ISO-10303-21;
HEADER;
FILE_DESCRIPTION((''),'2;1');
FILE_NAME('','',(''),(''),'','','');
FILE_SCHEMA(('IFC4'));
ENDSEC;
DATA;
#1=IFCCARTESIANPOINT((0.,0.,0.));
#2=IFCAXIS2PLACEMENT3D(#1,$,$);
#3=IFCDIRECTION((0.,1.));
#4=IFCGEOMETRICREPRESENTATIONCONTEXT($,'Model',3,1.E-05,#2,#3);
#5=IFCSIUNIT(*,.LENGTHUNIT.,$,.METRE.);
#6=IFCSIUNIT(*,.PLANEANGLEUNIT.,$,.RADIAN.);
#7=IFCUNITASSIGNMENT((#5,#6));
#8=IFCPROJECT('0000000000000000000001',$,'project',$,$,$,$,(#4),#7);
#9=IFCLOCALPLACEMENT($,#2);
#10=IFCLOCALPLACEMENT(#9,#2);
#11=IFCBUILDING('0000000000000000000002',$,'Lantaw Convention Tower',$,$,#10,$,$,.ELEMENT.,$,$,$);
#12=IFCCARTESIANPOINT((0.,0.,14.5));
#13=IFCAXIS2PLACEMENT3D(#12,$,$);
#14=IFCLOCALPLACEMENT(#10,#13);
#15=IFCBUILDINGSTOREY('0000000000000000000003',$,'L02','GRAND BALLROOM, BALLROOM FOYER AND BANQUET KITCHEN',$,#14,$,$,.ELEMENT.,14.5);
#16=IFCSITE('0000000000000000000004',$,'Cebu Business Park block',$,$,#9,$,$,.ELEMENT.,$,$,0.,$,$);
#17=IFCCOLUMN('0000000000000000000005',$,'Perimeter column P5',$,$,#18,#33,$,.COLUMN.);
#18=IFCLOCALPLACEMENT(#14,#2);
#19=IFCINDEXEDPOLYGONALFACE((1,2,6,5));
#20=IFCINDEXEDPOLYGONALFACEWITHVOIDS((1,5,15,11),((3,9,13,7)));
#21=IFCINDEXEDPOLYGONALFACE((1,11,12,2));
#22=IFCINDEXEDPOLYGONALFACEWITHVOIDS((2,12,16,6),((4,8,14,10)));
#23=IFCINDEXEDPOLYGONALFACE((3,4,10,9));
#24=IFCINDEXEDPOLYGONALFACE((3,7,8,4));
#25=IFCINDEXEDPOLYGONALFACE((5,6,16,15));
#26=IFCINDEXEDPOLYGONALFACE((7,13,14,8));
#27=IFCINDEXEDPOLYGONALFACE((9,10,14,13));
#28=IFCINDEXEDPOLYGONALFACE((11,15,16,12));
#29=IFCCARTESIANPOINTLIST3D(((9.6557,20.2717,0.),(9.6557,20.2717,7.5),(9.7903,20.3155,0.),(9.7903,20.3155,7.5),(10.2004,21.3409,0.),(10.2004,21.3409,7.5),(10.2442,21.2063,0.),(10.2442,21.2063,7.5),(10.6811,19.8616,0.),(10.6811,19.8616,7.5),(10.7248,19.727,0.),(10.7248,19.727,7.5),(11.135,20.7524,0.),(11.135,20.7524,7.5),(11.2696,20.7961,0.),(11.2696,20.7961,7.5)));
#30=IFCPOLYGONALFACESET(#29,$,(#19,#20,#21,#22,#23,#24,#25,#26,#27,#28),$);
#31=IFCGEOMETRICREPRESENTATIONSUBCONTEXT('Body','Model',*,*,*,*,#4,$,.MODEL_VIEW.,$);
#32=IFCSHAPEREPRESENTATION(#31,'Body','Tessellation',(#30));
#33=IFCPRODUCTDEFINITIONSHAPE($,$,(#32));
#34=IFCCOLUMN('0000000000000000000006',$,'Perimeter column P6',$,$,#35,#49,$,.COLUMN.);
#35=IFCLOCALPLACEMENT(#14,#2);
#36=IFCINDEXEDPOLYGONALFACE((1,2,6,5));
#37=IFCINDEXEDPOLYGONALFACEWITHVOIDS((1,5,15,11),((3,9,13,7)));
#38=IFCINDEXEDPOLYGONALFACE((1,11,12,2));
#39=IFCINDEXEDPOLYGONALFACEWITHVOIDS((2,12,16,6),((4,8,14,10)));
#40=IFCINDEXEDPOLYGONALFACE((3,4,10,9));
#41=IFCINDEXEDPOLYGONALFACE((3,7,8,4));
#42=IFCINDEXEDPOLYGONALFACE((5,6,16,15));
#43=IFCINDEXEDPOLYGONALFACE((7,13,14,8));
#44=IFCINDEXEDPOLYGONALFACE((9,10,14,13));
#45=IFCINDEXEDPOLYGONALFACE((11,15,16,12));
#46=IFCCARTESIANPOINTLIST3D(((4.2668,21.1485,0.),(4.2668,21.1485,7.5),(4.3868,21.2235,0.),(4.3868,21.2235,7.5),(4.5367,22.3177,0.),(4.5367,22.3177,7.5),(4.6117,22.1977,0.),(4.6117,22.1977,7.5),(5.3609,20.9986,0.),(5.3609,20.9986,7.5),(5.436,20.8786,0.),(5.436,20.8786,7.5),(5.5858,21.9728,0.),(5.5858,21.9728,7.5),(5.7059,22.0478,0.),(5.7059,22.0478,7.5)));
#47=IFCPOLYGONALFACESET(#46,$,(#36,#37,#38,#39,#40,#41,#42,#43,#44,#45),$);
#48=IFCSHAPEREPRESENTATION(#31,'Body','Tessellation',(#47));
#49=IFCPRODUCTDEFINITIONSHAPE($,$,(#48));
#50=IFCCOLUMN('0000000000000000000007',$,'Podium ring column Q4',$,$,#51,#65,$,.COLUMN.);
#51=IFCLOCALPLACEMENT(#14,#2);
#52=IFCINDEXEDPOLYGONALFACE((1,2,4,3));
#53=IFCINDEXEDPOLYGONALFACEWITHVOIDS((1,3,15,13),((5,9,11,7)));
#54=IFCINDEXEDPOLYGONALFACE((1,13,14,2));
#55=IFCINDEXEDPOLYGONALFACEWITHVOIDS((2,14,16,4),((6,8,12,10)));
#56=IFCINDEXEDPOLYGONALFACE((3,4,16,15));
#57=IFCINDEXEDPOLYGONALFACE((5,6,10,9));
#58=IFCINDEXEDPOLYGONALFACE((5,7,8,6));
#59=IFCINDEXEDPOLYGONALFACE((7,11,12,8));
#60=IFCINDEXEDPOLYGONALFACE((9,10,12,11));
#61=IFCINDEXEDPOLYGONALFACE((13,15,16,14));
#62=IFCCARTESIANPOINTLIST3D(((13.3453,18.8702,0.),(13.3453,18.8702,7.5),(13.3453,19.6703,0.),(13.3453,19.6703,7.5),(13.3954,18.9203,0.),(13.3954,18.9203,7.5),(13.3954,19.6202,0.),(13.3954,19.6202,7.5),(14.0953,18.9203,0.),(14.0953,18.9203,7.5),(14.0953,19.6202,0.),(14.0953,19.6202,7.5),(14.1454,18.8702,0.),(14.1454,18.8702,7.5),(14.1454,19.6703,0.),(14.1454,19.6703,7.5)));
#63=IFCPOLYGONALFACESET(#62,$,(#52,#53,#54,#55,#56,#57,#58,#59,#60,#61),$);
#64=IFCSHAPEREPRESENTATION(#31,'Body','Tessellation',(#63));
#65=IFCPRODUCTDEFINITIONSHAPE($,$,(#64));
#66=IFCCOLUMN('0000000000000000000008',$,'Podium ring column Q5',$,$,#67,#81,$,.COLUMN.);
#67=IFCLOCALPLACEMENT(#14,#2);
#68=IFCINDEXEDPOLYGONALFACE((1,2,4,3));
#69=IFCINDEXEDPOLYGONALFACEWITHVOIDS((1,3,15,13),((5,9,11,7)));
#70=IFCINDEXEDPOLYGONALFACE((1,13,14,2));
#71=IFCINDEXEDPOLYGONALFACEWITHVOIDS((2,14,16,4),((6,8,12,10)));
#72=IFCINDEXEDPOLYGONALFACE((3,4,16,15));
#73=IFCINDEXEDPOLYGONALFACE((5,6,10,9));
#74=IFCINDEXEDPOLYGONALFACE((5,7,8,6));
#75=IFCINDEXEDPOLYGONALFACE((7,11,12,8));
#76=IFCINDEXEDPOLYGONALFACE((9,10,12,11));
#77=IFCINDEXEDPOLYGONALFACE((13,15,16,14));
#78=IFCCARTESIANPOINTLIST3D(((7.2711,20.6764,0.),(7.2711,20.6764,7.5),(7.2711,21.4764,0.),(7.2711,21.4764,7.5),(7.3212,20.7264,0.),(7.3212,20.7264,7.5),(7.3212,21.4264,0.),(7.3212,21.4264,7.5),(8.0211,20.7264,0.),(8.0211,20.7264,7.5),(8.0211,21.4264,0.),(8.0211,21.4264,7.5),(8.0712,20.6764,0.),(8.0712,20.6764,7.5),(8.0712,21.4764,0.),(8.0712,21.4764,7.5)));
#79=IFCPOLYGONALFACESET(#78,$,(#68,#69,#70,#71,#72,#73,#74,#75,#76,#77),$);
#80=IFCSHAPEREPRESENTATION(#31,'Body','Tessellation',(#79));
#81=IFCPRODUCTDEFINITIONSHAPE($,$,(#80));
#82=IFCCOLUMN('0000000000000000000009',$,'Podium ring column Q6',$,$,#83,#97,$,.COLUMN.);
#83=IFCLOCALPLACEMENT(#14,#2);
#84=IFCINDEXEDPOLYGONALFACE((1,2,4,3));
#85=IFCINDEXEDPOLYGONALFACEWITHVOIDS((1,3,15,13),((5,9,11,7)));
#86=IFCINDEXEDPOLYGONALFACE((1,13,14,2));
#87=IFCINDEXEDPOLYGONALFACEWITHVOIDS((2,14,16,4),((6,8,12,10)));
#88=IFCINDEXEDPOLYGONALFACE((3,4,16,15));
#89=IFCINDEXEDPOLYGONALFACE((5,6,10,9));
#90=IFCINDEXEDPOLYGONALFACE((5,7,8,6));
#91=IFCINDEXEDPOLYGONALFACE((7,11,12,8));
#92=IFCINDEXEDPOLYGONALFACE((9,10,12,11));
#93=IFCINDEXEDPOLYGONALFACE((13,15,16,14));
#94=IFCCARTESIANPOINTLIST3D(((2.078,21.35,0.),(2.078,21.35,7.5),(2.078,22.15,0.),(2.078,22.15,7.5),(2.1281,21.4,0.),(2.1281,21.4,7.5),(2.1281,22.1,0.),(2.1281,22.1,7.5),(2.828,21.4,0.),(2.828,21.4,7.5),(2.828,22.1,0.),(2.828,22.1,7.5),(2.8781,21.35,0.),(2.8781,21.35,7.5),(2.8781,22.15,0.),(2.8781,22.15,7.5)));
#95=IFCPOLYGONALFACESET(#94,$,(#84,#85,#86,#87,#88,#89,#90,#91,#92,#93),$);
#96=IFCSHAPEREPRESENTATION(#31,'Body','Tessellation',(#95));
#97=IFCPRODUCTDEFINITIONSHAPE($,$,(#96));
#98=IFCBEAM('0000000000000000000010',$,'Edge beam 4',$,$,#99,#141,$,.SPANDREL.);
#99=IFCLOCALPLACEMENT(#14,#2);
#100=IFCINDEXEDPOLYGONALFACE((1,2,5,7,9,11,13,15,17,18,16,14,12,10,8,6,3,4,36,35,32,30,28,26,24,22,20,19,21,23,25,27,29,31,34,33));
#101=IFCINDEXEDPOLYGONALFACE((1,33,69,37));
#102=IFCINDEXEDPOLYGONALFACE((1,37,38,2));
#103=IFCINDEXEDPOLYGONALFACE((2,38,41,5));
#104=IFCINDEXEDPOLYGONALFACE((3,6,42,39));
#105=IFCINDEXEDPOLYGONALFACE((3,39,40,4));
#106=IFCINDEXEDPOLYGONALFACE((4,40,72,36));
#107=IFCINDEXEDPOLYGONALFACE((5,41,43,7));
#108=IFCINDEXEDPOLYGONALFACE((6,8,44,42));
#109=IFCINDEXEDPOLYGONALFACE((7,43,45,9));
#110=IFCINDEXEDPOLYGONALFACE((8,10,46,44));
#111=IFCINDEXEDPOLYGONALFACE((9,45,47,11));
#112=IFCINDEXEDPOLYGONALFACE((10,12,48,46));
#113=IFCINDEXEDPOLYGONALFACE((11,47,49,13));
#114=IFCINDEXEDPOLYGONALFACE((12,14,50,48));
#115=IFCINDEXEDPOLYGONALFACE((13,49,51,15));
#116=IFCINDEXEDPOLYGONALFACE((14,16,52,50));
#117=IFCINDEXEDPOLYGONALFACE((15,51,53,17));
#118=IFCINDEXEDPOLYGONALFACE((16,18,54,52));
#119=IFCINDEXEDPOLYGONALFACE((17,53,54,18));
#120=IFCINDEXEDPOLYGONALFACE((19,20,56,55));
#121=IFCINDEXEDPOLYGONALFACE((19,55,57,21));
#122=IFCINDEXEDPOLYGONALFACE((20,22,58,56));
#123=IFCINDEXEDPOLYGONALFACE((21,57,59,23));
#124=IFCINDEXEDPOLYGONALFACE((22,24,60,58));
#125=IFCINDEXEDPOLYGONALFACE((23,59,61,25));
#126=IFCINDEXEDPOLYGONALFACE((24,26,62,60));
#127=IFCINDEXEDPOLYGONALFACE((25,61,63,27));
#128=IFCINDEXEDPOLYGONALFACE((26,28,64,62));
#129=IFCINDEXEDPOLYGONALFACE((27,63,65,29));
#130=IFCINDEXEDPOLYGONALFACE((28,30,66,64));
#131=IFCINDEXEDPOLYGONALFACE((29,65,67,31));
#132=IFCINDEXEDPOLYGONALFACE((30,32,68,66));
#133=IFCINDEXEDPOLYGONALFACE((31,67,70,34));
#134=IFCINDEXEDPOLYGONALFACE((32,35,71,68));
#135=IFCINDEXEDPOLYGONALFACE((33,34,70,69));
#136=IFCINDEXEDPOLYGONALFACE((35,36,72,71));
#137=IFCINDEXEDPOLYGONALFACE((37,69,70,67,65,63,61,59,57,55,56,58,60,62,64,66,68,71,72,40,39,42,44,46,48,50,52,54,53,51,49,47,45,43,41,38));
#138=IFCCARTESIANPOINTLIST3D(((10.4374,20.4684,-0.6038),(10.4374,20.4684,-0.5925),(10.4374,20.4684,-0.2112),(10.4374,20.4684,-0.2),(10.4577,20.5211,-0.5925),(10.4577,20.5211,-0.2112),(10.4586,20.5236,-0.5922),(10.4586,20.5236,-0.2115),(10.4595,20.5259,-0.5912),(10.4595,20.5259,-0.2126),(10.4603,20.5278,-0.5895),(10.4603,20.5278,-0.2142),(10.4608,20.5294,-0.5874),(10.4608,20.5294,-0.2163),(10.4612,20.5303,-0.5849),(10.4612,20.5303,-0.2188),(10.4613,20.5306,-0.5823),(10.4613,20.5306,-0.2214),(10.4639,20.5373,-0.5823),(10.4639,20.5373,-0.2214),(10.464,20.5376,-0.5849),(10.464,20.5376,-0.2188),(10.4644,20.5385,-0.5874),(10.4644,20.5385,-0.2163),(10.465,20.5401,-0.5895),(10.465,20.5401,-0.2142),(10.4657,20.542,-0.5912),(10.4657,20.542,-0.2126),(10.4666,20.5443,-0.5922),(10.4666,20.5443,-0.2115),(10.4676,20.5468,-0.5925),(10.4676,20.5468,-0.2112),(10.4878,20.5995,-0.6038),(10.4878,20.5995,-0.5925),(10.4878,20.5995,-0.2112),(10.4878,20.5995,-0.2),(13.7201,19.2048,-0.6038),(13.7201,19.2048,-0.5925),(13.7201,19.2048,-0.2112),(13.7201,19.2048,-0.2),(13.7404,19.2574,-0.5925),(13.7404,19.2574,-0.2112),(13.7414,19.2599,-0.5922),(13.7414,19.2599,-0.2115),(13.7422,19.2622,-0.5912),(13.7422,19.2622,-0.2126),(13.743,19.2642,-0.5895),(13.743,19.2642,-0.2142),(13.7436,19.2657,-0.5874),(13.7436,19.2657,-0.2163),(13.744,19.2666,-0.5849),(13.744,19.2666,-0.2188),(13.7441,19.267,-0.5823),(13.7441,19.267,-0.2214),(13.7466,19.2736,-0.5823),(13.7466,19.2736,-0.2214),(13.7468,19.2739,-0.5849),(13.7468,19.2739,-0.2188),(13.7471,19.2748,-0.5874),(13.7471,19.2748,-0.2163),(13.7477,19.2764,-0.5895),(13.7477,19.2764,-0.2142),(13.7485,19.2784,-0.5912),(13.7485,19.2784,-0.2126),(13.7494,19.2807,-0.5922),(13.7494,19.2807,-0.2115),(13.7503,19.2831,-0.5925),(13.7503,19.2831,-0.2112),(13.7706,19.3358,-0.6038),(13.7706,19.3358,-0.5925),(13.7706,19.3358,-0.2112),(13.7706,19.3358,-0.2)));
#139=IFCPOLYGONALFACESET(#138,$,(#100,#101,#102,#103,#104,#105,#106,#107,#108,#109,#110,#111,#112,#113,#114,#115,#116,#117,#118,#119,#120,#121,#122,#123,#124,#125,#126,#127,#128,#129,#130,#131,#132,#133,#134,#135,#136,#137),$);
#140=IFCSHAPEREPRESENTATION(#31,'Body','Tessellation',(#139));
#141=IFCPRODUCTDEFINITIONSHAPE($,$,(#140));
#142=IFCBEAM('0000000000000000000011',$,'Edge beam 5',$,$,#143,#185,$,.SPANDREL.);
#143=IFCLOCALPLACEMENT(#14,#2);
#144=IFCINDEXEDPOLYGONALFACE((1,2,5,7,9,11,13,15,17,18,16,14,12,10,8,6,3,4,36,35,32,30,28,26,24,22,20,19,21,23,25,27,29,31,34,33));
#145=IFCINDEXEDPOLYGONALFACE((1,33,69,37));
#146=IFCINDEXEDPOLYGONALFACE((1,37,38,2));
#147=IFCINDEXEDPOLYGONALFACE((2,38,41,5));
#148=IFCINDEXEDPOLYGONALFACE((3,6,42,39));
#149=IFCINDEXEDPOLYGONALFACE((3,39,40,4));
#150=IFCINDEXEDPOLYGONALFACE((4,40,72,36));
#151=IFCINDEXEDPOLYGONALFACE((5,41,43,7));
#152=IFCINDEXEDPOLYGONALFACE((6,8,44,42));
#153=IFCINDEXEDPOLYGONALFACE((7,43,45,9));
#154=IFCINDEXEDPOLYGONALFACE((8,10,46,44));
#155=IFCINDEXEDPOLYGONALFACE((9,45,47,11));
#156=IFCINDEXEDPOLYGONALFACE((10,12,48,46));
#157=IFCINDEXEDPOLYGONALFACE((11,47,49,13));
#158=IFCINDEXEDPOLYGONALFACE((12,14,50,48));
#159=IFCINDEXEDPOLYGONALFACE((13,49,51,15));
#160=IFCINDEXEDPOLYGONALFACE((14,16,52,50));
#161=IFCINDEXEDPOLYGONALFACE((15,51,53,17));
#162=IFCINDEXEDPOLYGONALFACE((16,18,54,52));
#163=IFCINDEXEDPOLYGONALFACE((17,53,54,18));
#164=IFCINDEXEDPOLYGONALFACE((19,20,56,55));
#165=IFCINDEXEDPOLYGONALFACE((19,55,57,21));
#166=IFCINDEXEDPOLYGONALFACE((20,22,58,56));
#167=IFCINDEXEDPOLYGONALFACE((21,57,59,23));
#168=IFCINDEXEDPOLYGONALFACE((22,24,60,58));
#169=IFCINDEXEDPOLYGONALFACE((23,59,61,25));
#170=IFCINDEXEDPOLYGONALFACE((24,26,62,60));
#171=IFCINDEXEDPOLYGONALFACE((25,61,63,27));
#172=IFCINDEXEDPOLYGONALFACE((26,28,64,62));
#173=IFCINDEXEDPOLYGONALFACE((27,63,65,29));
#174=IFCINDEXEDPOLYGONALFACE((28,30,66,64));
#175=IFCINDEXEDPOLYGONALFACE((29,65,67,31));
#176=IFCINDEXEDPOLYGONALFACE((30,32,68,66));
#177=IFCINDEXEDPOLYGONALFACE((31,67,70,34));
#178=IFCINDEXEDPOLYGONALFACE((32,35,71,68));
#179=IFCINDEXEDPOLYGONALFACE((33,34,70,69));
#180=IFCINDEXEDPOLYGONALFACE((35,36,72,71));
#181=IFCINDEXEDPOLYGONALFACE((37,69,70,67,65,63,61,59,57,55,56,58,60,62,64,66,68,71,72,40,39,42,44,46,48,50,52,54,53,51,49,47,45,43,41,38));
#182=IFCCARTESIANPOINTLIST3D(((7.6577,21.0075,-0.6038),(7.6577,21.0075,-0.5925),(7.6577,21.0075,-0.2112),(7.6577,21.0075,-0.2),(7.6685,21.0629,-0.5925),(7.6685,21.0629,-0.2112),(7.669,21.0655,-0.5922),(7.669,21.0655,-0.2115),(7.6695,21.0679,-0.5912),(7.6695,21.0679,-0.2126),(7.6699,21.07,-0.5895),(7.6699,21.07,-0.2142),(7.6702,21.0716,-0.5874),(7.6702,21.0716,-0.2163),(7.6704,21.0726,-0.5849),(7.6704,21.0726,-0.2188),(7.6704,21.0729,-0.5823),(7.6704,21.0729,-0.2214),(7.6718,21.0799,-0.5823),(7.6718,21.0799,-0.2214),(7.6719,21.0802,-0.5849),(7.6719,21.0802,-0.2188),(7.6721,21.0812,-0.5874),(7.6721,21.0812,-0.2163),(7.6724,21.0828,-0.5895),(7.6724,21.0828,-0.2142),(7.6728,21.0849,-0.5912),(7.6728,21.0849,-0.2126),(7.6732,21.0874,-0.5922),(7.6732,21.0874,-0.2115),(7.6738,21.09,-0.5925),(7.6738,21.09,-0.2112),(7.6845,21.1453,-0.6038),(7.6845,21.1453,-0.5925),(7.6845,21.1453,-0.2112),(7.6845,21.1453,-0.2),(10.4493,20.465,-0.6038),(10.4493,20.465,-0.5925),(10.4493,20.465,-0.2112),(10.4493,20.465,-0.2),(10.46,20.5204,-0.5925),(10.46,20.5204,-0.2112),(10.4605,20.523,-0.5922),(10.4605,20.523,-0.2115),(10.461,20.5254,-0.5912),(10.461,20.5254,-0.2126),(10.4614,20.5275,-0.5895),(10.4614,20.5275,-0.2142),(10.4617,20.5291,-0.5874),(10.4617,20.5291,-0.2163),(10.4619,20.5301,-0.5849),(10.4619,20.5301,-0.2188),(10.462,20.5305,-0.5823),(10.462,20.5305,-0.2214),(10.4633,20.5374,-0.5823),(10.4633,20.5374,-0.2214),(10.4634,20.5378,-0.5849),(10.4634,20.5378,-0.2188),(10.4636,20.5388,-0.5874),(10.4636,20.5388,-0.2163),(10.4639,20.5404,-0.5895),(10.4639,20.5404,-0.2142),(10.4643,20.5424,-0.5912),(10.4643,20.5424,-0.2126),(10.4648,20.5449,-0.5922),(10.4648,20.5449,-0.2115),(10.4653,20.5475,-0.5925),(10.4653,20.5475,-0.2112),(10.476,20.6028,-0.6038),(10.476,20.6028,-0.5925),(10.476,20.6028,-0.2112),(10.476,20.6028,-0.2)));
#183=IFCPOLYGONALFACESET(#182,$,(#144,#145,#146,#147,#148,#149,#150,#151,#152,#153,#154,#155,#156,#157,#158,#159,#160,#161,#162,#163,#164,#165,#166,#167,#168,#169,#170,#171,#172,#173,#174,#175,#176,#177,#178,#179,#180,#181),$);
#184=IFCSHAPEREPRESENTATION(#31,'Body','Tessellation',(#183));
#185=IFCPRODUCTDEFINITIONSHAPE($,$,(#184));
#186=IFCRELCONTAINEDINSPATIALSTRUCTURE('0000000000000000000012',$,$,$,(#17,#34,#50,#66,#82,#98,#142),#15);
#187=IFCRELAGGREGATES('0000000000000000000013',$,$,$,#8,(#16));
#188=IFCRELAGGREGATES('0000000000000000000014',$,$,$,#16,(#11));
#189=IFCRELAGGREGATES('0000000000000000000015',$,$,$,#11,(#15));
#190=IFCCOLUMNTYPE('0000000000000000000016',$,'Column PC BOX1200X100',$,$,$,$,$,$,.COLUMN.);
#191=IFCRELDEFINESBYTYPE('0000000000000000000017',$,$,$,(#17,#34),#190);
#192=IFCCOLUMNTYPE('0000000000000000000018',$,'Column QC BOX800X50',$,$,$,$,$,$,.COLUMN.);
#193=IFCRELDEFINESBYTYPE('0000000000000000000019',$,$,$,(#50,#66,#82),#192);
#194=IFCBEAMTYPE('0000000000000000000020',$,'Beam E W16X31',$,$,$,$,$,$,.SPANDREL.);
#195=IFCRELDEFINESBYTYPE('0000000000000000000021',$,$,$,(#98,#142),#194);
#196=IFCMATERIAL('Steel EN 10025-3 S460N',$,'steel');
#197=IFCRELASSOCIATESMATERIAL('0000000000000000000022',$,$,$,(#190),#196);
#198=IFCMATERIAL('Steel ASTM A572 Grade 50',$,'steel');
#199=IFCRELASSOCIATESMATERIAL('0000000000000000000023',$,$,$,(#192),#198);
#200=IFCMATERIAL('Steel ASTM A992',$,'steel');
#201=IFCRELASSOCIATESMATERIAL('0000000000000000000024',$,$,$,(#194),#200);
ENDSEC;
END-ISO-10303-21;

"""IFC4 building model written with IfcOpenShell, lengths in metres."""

from ifc_helpers import new_model, si_unit, direction, frame, origin, origin_2d, place, context, subcontext, project, spatial, rectangle, hollow_rectangle, i_section, extrude, material, material_profile, profile_set, type_object, element, save


model = new_model("IFC4")

# Units and contexts
model_context = context("Model", 3, precision=1e-05, world=origin(), true_north=direction((0.0, 1.0)))
body_context = subcontext(model_context, "Body", "Model", "MODEL_VIEW")
ifc_project = project(units=[si_unit("LENGTHUNIT", "METRE"), si_unit("PLANEANGLEUNIT", "RADIAN")], contexts=[model_context])

# Site, building, storey
site_placement = place(None, origin())
site = spatial("IfcSite", under=ifc_project, at=site_placement, Name="Cebu Business Park block", CompositionType="ELEMENT", RefElevation=0.0)
building_placement = place(site_placement, origin())
building = spatial("IfcBuilding", under=site, at=building_placement, Name="Lantaw Convention Tower", CompositionType="ELEMENT")
storey_placement = place(building_placement, frame((0.0, 0.0, 14.5)))
storey = spatial("IfcBuildingStorey", under=building, at=storey_placement, Name="L02", Description="GRAND BALLROOM, BALLROOM FOYER AND BANQUET KITCHEN", CompositionType="ELEMENT", Elevation=14.5)

# Columns
ifc_material_1 = material(Name="Steel EN 10025-3 S460N", Category="steel")
ifc_material_profile_1 = material_profile(ifc_material_1, hollow_rectangle(XDim=1.2, YDim=1.2, WallThickness=0.1001, at=origin_2d()), Name="BOX1200X100")
ifc_material_2 = material(Name="Concrete C60/75", Category="concrete")
ifc_material_profile_2 = material_profile(ifc_material_2, rectangle(XDim=1.0, YDim=1.0, at=origin_2d()), Name="Concrete fill of BOX1200X100")
ifc_profile_set_1 = profile_set([ifc_material_profile_1, ifc_material_profile_2], Name="Steel EN 10025-3 S460N")
column_type_1 = type_object("IfcColumnType", Name="Column PC BOX1200X100", PredefinedType="COLUMN", material=ifc_profile_set_1)
for number, where, z_axis, x_axis, name in (
    (1, (10.4626, 20.5339, 0.0), (0.0, 0.0, 1.0), (0.45399, 0.891007, 0.0), "Perimeter column P5"),
    (2, (4.9863, 21.5981, 0.0), (0.0, 0.0, 1.0), (0.224951, 0.97437, 0.0), "Perimeter column P6"),
):
    element("IfcColumn", number, at=place(storey_placement, frame(where, z_axis=z_axis, x_axis=x_axis)), inside=storey, type_object=column_type_1, Name=name, PredefinedType="COLUMN", context=body_context, shape_type="SweptSolid", body=[
        extrude(hollow_rectangle(XDim=1.2, YDim=1.2, WallThickness=0.1001, at=origin_2d()), origin(), (0.0, 0.0, 1.0), 7.5),
    ])
ifc_material_3 = material(Name="Steel ASTM A572 Grade 50", Category="steel")
ifc_material_profile_3 = material_profile(ifc_material_3, hollow_rectangle(XDim=0.8, YDim=0.8, WallThickness=0.05, at=origin_2d()), Name="BOX800X50")
ifc_profile_set_2 = profile_set([ifc_material_profile_3], Name="Steel ASTM A572 Grade 50")
column_type_2 = type_object("IfcColumnType", Name="Column QC BOX800X50", PredefinedType="COLUMN", material=ifc_profile_set_2)
for number, where, z_axis, x_axis, name in (
    (3, (13.7454, 19.2703, 0.0), (0.0, 0.0, 1.0), (1.0, 0.0, 0.0), "Podium ring column Q4"),
    (4, (7.6711, 21.0764, 0.0), (0.0, 0.0, 1.0), (1.0, 0.0, 0.0), "Podium ring column Q5"),
    (5, (2.478, 21.75, 0.0), (0.0, 0.0, 1.0), (1.0, 0.0, 0.0), "Podium ring column Q6"),
):
    element("IfcColumn", number, at=place(storey_placement, frame(where, z_axis=z_axis, x_axis=x_axis)), inside=storey, type_object=column_type_2, Name=name, PredefinedType="COLUMN", context=body_context, shape_type="SweptSolid", body=[
        extrude(hollow_rectangle(XDim=0.8, YDim=0.8, WallThickness=0.05, at=origin_2d()), origin(), (0.0, 0.0, 1.0), 7.5),
    ])

# Beams
ifc_material_4 = material(Name="Steel ASTM A992", Category="steel")
ifc_material_profile_4 = material_profile(ifc_material_4, i_section(OverallWidth=0.1404, OverallDepth=0.4038, WebThickness=0.0071, FlangeThickness=0.0112, FilletRadius=0.0103, at=origin_2d()), Name="W16X31")
ifc_profile_set_3 = profile_set([ifc_material_profile_4], Name="Steel ASTM A992")
beam_type_1 = type_object("IfcBeamType", Name="Beam E W16X31", PredefinedType="SPANDREL", material=ifc_profile_set_3)
beam_1_placement = place(storey_placement, frame((13.7454, 19.2703, -0.4019), z_axis=(-0.933242, 0.359249, 0.0), x_axis=(-0.359249, -0.933242, 0.0)))
element("IfcBeam", 6, at=beam_1_placement, inside=storey, type_object=beam_type_1, Name="Edge beam 4", PredefinedType="SPANDREL", context=body_context, shape_type="SweptSolid", body=[
    extrude(i_section(OverallWidth=0.1404, OverallDepth=0.4038, WebThickness=0.0071, FlangeThickness=0.0112, FilletRadius=0.0103, at=origin_2d()), origin(), (0.0, 0.0, 1.0), 3.5176),
])
beam_2_placement = place(storey_placement, frame((10.4626, 20.5339, -0.4019), z_axis=(-0.981636, 0.190764, 0.0), x_axis=(-0.190764, -0.981636, 0.0)))
element("IfcBeam", 7, at=beam_2_placement, inside=storey, type_object=beam_type_1, Name="Edge beam 5", PredefinedType="SPANDREL", context=body_context, shape_type="SweptSolid", body=[
    extrude(i_section(OverallWidth=0.1404, OverallDepth=0.4038, WebThickness=0.0071, FlangeThickness=0.0112, FilletRadius=0.0103, at=origin_2d()), origin(), (0.0, 0.0, 1.0), 2.8438),
])

save(model, "model.ifc")
